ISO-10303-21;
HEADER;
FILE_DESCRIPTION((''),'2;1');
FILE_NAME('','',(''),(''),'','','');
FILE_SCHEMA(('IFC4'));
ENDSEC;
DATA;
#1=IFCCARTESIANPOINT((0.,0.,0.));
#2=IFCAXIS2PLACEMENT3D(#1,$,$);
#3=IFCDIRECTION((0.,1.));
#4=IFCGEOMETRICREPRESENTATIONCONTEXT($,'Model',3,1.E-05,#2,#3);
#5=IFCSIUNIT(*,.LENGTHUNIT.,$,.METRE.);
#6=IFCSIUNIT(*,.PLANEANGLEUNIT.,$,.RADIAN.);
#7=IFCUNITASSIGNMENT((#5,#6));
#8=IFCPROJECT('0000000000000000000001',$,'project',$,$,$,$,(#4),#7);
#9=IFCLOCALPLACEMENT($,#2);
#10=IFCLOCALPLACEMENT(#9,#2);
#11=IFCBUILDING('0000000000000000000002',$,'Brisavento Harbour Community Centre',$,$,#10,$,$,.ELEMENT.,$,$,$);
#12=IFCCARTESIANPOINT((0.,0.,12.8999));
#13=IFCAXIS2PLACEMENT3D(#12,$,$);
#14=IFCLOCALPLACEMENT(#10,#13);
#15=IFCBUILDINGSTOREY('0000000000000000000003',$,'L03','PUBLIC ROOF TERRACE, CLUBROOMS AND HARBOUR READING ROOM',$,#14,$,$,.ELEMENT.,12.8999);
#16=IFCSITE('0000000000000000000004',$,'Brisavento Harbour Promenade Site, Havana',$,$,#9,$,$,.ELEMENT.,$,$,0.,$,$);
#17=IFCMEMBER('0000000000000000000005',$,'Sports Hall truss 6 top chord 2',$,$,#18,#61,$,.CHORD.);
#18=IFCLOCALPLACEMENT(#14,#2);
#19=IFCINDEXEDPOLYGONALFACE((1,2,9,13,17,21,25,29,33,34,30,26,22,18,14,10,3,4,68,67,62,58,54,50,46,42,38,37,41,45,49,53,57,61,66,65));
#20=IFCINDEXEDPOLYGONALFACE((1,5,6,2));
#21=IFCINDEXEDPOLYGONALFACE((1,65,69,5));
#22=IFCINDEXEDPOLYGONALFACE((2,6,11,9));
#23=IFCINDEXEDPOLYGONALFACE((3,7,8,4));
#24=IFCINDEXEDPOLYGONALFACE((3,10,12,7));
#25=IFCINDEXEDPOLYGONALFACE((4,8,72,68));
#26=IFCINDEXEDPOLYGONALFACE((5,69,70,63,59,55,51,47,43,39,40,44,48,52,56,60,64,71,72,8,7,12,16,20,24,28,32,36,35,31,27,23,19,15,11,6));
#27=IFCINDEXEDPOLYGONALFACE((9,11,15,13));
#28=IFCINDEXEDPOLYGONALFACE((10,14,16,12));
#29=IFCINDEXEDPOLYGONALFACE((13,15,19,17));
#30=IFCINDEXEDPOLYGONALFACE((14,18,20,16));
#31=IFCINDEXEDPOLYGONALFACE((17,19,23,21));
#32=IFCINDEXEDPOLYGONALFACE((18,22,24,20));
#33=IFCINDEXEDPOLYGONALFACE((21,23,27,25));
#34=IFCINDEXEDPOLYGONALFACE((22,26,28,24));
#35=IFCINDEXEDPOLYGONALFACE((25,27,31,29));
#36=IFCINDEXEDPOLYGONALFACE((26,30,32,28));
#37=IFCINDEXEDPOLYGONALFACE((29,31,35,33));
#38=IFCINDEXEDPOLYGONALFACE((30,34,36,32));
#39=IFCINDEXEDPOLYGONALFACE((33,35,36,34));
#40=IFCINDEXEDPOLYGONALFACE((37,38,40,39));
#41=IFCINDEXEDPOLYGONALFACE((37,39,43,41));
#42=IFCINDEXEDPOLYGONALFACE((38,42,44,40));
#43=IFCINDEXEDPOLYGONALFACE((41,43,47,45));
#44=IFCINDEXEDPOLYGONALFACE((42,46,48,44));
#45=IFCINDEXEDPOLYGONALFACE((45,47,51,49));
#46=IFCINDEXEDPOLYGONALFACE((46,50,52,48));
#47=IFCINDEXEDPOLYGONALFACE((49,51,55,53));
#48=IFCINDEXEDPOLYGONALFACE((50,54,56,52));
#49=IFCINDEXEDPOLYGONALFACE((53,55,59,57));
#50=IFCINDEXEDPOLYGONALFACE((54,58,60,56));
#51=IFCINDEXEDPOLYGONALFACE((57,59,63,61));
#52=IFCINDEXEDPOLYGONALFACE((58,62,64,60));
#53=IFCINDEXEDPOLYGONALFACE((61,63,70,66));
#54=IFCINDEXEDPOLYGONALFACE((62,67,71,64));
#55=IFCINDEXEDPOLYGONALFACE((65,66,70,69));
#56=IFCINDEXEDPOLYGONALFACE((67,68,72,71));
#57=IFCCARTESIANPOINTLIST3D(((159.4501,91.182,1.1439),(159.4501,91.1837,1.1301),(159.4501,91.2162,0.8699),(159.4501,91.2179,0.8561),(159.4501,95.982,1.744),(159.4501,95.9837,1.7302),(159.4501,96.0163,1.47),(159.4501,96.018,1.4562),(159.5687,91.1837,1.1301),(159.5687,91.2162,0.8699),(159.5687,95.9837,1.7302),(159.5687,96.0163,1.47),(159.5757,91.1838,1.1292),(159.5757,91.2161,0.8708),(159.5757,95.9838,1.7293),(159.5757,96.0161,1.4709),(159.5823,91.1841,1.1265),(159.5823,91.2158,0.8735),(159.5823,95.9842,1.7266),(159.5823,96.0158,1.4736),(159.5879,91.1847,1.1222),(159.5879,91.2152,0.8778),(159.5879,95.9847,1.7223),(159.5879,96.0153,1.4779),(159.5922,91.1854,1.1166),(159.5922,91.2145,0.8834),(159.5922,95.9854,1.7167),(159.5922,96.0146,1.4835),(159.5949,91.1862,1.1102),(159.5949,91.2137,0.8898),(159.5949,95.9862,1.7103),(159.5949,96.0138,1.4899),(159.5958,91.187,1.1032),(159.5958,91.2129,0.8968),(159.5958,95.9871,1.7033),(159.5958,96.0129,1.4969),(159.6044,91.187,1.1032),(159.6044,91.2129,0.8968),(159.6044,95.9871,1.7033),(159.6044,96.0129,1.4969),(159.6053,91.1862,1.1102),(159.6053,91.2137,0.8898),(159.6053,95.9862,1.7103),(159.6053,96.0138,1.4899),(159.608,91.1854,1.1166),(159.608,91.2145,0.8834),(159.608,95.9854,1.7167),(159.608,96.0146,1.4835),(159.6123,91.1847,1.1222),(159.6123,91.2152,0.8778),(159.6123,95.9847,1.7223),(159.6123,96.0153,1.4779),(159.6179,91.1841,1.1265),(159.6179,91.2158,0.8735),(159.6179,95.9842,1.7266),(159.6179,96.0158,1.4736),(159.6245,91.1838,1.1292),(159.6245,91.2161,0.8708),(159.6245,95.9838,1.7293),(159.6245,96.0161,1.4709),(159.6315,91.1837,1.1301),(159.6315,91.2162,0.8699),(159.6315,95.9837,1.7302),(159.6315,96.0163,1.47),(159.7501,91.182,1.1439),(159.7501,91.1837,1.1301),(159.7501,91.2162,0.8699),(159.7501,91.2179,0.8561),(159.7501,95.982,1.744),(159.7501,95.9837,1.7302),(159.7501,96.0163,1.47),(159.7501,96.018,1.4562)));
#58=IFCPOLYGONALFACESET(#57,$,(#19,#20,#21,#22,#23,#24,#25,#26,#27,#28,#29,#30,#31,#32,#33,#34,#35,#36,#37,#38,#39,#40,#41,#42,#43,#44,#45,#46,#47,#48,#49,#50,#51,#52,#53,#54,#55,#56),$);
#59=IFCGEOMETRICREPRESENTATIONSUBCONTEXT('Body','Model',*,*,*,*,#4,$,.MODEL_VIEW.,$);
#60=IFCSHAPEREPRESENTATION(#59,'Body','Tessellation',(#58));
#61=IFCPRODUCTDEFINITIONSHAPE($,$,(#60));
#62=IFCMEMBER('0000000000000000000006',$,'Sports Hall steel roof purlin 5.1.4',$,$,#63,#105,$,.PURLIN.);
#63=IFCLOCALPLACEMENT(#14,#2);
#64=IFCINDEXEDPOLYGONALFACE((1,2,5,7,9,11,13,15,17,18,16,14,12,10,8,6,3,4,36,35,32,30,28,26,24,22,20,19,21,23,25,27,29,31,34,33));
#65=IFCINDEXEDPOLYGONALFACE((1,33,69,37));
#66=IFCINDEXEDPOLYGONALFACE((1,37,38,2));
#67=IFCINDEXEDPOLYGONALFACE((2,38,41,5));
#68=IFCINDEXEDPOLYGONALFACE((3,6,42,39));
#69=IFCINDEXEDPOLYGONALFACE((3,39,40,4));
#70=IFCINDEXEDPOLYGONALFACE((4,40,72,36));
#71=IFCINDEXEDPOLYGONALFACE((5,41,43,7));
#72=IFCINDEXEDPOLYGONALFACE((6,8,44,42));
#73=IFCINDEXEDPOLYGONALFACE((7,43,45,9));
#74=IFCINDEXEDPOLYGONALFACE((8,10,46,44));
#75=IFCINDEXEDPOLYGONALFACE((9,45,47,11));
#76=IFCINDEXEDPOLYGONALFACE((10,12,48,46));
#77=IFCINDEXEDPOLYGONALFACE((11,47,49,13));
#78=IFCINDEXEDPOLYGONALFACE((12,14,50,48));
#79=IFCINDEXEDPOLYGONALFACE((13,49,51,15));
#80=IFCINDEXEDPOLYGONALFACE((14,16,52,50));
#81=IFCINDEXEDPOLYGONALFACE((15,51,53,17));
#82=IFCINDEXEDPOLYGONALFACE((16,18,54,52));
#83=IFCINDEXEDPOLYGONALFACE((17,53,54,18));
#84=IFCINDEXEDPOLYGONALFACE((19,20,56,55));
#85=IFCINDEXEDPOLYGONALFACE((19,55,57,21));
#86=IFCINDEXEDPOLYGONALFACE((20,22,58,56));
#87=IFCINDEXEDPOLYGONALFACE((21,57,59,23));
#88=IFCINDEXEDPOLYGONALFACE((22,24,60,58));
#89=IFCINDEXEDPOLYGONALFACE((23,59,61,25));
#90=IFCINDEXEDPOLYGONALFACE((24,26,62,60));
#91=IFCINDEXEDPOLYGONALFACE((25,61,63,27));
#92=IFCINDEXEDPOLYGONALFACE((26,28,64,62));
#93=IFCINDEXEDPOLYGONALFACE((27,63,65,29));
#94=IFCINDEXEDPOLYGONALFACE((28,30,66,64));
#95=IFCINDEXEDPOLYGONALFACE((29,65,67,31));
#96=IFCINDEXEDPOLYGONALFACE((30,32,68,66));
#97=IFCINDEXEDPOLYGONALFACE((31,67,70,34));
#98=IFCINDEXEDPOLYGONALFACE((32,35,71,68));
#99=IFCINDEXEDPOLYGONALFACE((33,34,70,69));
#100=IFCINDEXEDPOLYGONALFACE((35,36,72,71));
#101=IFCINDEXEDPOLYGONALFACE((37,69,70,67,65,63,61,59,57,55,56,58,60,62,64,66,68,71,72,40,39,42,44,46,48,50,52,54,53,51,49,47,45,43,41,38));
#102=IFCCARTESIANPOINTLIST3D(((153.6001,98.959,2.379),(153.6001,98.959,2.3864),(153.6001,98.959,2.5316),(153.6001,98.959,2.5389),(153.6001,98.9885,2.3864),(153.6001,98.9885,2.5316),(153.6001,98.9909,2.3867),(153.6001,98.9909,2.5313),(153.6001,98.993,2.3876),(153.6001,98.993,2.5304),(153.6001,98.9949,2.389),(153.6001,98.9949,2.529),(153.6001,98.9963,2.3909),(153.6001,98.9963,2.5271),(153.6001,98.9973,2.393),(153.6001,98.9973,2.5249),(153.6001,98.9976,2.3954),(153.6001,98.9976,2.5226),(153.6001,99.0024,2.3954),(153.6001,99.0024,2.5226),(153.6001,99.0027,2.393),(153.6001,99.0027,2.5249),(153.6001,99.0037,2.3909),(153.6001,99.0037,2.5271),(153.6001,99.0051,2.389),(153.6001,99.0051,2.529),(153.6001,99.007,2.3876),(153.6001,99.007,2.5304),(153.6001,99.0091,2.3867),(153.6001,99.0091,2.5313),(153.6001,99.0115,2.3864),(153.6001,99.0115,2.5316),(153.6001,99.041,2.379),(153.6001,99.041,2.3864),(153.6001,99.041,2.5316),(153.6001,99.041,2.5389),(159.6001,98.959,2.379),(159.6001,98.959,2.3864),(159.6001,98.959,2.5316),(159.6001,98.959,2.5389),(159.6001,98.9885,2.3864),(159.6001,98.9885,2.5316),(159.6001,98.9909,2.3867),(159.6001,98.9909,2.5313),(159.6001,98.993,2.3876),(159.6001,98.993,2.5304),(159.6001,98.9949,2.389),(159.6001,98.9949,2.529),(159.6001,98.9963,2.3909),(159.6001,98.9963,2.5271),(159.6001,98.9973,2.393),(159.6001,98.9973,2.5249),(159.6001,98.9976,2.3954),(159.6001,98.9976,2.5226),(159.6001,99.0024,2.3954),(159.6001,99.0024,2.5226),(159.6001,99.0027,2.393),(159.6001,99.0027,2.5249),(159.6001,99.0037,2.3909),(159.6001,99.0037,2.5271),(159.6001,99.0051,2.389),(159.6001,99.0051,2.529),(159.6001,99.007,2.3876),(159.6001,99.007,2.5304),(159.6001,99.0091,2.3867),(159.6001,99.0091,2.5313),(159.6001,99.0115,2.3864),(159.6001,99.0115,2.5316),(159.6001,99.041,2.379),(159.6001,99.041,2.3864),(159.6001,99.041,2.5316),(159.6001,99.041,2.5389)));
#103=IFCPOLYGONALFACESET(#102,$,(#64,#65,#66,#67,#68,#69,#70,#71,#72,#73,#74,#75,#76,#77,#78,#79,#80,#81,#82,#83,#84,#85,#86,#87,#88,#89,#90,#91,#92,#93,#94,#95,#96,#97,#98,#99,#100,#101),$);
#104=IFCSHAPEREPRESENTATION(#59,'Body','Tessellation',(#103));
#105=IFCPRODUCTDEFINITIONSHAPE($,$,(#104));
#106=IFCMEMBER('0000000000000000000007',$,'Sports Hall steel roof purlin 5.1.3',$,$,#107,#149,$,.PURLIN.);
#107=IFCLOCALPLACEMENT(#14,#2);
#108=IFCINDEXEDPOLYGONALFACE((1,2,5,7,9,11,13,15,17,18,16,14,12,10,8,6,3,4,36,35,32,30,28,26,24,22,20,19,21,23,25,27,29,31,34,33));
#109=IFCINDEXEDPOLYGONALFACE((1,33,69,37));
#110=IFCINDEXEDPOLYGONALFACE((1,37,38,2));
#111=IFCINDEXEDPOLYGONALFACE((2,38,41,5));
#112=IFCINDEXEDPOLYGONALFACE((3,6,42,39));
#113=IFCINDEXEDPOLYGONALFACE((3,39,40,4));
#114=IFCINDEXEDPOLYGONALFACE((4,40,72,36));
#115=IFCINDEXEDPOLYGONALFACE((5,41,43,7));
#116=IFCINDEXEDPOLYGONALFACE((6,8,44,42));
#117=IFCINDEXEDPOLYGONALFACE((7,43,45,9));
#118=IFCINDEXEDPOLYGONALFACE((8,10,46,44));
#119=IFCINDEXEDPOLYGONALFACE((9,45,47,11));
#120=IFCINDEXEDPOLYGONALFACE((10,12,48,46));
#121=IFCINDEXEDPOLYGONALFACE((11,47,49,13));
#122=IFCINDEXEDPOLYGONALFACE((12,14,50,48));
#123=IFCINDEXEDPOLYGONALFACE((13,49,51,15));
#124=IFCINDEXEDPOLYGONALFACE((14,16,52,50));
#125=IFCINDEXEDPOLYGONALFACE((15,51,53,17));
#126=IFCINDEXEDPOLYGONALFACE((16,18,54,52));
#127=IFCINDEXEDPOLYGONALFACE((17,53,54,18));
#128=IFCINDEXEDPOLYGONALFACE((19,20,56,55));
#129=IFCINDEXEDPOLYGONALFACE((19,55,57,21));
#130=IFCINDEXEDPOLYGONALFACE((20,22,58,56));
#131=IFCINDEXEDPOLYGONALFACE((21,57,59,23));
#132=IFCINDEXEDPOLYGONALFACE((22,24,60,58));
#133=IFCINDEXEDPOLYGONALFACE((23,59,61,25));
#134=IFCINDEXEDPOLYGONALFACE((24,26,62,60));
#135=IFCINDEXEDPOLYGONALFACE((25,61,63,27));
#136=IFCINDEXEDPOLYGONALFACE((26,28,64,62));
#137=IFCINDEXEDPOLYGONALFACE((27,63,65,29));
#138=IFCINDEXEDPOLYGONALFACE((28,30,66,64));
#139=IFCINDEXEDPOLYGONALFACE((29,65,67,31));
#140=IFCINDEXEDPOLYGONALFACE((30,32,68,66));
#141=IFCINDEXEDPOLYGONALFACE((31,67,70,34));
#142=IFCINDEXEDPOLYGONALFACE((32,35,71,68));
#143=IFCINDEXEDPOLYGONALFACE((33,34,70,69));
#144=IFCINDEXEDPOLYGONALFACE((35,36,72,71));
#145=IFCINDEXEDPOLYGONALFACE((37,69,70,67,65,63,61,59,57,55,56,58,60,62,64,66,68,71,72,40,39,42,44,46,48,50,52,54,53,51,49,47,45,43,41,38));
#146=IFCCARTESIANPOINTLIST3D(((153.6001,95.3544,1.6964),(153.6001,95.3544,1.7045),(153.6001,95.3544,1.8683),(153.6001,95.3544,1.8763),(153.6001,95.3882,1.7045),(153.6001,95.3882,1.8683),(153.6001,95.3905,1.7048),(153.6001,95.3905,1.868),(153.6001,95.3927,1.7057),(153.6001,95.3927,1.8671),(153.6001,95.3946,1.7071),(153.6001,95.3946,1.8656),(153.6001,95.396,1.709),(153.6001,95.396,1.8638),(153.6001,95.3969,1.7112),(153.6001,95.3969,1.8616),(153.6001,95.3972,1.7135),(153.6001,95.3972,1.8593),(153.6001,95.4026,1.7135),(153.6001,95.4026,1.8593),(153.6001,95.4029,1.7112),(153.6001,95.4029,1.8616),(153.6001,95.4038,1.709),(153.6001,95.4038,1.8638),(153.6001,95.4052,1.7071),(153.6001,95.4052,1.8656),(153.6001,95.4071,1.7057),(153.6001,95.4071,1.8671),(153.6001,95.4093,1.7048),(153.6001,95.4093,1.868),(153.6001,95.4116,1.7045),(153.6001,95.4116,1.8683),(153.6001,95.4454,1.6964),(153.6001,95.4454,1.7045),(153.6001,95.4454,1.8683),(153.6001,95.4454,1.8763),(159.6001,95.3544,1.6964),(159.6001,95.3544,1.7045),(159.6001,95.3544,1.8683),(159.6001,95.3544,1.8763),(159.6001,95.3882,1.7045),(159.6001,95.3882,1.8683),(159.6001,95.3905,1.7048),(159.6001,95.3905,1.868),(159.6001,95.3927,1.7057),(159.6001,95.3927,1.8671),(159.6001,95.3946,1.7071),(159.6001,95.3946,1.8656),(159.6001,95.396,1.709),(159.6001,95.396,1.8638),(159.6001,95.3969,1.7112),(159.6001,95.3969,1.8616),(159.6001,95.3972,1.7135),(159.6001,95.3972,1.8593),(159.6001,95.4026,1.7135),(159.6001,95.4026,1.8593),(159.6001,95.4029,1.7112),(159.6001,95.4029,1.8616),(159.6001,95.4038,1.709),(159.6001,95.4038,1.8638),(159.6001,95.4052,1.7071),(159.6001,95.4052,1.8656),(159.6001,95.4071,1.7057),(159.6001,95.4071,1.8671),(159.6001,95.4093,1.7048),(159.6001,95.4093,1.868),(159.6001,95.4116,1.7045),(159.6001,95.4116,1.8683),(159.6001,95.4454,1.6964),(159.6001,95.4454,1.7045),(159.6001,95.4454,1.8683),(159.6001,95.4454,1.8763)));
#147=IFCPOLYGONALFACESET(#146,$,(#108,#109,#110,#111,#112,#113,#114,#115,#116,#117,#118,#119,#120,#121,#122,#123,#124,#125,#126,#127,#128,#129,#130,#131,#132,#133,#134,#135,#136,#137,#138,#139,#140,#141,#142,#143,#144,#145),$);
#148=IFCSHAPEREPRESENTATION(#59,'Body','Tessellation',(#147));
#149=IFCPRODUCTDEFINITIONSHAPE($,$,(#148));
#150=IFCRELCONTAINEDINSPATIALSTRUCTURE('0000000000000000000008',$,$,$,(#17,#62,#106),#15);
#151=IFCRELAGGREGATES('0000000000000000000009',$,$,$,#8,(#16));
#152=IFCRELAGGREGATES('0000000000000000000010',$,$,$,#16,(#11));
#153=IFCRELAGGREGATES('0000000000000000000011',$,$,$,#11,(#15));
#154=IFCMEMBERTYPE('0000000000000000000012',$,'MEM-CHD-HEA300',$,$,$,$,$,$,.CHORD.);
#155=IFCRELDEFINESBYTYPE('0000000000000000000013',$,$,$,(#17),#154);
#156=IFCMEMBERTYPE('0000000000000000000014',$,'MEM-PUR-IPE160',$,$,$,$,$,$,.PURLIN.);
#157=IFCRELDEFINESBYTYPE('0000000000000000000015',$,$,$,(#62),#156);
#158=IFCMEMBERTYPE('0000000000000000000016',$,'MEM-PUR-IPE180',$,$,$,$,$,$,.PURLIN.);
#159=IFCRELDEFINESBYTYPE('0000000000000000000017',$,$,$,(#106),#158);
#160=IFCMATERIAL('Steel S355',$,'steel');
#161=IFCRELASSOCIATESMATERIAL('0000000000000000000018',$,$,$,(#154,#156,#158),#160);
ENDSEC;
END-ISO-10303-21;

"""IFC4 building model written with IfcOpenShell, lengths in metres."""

from ifc_helpers import new_model, si_unit, direction, frame, origin, origin_2d, place, context, subcontext, project, spatial, i_section, extrude, material, material_profile, profile_set, type_object, element, save


model = new_model("IFC4")

# Units and contexts
model_context = context("Model", 3, precision=1e-05, world=origin(), true_north=direction((0.0, 1.0)))
body_context = subcontext(model_context, "Body", "Model", "MODEL_VIEW")
ifc_project = project(units=[si_unit("LENGTHUNIT", "METRE"), si_unit("PLANEANGLEUNIT", "RADIAN")], contexts=[model_context])

# Site, building, storey
site_placement = place(None, origin())
site = spatial("IfcSite", under=ifc_project, at=site_placement, Name="Brisavento Harbour Promenade Site, Havana", CompositionType="ELEMENT", RefElevation=0.0)
building_placement = place(site_placement, origin())
building = spatial("IfcBuilding", under=site, at=building_placement, Name="Brisavento Harbour Community Centre", CompositionType="ELEMENT")
storey_placement = place(building_placement, frame((0.0, 0.0, 12.8999)))
storey = spatial("IfcBuildingStorey", under=building, at=storey_placement, Name="L03", Description="PUBLIC ROOF TERRACE, CLUBROOMS AND HARBOUR READING ROOM", CompositionType="ELEMENT", Elevation=12.8999)

# Members
ifc_material_1 = material(Name="Steel S355", Category="steel")
ifc_material_profile_1 = material_profile(ifc_material_1, i_section(OverallWidth=0.3, OverallDepth=0.29, WebThickness=0.0085, FlangeThickness=0.0139, FilletRadius=0.0271, at=origin_2d()), Name="Steel S355")
ifc_profile_set_1 = profile_set([ifc_material_profile_1], Name="Steel S355")
member_type_1 = type_object("IfcMemberType", Name="MEM-CHD-HEA300", PredefinedType="CHORD", material=ifc_profile_set_1)
for number, where, z_axis, x_axis, name in (
    (1, (159.6001, 91.2, 1.0), (0.0, 0.992276, 0.124053), (-1.0, 0.0, 0.0), "Sports Hall truss 6 top chord 2"),
):
    element("IfcMember", number, at=place(storey_placement, frame(where, z_axis=z_axis, x_axis=x_axis)), inside=storey, type_object=member_type_1, Name=name, PredefinedType="CHORD", context=body_context, shape_type="SweptSolid", body=[
        extrude(i_section(OverallWidth=0.3, OverallDepth=0.29, WebThickness=0.0085, FlangeThickness=0.0139, FilletRadius=0.0271, at=origin_2d()), origin(), (0.0, 0.0, 1.0), 4.8374),
    ])
ifc_material_profile_2 = material_profile(ifc_material_1, i_section(OverallWidth=0.082, OverallDepth=0.1599, WebThickness=0.0049, FlangeThickness=0.0073, FilletRadius=0.009, at=origin_2d()), Name="Steel S355")
ifc_profile_set_2 = profile_set([ifc_material_profile_2], Name="Steel S355")
member_type_2 = type_object("IfcMemberType", Name="MEM-PUR-IPE160", PredefinedType="PURLIN", material=ifc_profile_set_2)
member_1_placement = place(storey_placement, frame((153.6001, 99.0, 2.459), z_axis=(1.0, 0.0, 0.0), x_axis=(0.0, 1.0, 0.0)))
element("IfcMember", 2, at=member_1_placement, inside=storey, type_object=member_type_2, Name="Sports Hall steel roof purlin 5.1.4", PredefinedType="PURLIN", context=body_context, shape_type="SweptSolid", body=[
    extrude(i_section(OverallWidth=0.082, OverallDepth=0.1599, WebThickness=0.0049, FlangeThickness=0.0073, FilletRadius=0.009, at=origin_2d()), origin(), (0.0, 0.0, 1.0), 6.0),
])
ifc_material_profile_3 = material_profile(ifc_material_1, i_section(OverallWidth=0.0911, OverallDepth=0.1799, WebThickness=0.0054, FlangeThickness=0.0081, FilletRadius=0.009, at=origin_2d()), Name="Steel S355")
ifc_profile_set_3 = profile_set([ifc_material_profile_3], Name="Steel S355")
member_type_3 = type_object("IfcMemberType", Name="MEM-PUR-IPE180", PredefinedType="PURLIN", material=ifc_profile_set_3)
member_2_placement = place(storey_placement, frame((153.6001, 95.3999, 1.7864), z_axis=(1.0, 0.0, 0.0), x_axis=(0.0, 1.0, 0.0)))
element("IfcMember", 3, at=member_2_placement, inside=storey, type_object=member_type_3, Name="Sports Hall steel roof purlin 5.1.3", PredefinedType="PURLIN", context=body_context, shape_type="SweptSolid", body=[
    extrude(i_section(OverallWidth=0.0911, OverallDepth=0.1799, WebThickness=0.0054, FlangeThickness=0.0081, FilletRadius=0.009, at=origin_2d()), origin(), (0.0, 0.0, 1.0), 6.0),
])

save(model, "model.ifc")
